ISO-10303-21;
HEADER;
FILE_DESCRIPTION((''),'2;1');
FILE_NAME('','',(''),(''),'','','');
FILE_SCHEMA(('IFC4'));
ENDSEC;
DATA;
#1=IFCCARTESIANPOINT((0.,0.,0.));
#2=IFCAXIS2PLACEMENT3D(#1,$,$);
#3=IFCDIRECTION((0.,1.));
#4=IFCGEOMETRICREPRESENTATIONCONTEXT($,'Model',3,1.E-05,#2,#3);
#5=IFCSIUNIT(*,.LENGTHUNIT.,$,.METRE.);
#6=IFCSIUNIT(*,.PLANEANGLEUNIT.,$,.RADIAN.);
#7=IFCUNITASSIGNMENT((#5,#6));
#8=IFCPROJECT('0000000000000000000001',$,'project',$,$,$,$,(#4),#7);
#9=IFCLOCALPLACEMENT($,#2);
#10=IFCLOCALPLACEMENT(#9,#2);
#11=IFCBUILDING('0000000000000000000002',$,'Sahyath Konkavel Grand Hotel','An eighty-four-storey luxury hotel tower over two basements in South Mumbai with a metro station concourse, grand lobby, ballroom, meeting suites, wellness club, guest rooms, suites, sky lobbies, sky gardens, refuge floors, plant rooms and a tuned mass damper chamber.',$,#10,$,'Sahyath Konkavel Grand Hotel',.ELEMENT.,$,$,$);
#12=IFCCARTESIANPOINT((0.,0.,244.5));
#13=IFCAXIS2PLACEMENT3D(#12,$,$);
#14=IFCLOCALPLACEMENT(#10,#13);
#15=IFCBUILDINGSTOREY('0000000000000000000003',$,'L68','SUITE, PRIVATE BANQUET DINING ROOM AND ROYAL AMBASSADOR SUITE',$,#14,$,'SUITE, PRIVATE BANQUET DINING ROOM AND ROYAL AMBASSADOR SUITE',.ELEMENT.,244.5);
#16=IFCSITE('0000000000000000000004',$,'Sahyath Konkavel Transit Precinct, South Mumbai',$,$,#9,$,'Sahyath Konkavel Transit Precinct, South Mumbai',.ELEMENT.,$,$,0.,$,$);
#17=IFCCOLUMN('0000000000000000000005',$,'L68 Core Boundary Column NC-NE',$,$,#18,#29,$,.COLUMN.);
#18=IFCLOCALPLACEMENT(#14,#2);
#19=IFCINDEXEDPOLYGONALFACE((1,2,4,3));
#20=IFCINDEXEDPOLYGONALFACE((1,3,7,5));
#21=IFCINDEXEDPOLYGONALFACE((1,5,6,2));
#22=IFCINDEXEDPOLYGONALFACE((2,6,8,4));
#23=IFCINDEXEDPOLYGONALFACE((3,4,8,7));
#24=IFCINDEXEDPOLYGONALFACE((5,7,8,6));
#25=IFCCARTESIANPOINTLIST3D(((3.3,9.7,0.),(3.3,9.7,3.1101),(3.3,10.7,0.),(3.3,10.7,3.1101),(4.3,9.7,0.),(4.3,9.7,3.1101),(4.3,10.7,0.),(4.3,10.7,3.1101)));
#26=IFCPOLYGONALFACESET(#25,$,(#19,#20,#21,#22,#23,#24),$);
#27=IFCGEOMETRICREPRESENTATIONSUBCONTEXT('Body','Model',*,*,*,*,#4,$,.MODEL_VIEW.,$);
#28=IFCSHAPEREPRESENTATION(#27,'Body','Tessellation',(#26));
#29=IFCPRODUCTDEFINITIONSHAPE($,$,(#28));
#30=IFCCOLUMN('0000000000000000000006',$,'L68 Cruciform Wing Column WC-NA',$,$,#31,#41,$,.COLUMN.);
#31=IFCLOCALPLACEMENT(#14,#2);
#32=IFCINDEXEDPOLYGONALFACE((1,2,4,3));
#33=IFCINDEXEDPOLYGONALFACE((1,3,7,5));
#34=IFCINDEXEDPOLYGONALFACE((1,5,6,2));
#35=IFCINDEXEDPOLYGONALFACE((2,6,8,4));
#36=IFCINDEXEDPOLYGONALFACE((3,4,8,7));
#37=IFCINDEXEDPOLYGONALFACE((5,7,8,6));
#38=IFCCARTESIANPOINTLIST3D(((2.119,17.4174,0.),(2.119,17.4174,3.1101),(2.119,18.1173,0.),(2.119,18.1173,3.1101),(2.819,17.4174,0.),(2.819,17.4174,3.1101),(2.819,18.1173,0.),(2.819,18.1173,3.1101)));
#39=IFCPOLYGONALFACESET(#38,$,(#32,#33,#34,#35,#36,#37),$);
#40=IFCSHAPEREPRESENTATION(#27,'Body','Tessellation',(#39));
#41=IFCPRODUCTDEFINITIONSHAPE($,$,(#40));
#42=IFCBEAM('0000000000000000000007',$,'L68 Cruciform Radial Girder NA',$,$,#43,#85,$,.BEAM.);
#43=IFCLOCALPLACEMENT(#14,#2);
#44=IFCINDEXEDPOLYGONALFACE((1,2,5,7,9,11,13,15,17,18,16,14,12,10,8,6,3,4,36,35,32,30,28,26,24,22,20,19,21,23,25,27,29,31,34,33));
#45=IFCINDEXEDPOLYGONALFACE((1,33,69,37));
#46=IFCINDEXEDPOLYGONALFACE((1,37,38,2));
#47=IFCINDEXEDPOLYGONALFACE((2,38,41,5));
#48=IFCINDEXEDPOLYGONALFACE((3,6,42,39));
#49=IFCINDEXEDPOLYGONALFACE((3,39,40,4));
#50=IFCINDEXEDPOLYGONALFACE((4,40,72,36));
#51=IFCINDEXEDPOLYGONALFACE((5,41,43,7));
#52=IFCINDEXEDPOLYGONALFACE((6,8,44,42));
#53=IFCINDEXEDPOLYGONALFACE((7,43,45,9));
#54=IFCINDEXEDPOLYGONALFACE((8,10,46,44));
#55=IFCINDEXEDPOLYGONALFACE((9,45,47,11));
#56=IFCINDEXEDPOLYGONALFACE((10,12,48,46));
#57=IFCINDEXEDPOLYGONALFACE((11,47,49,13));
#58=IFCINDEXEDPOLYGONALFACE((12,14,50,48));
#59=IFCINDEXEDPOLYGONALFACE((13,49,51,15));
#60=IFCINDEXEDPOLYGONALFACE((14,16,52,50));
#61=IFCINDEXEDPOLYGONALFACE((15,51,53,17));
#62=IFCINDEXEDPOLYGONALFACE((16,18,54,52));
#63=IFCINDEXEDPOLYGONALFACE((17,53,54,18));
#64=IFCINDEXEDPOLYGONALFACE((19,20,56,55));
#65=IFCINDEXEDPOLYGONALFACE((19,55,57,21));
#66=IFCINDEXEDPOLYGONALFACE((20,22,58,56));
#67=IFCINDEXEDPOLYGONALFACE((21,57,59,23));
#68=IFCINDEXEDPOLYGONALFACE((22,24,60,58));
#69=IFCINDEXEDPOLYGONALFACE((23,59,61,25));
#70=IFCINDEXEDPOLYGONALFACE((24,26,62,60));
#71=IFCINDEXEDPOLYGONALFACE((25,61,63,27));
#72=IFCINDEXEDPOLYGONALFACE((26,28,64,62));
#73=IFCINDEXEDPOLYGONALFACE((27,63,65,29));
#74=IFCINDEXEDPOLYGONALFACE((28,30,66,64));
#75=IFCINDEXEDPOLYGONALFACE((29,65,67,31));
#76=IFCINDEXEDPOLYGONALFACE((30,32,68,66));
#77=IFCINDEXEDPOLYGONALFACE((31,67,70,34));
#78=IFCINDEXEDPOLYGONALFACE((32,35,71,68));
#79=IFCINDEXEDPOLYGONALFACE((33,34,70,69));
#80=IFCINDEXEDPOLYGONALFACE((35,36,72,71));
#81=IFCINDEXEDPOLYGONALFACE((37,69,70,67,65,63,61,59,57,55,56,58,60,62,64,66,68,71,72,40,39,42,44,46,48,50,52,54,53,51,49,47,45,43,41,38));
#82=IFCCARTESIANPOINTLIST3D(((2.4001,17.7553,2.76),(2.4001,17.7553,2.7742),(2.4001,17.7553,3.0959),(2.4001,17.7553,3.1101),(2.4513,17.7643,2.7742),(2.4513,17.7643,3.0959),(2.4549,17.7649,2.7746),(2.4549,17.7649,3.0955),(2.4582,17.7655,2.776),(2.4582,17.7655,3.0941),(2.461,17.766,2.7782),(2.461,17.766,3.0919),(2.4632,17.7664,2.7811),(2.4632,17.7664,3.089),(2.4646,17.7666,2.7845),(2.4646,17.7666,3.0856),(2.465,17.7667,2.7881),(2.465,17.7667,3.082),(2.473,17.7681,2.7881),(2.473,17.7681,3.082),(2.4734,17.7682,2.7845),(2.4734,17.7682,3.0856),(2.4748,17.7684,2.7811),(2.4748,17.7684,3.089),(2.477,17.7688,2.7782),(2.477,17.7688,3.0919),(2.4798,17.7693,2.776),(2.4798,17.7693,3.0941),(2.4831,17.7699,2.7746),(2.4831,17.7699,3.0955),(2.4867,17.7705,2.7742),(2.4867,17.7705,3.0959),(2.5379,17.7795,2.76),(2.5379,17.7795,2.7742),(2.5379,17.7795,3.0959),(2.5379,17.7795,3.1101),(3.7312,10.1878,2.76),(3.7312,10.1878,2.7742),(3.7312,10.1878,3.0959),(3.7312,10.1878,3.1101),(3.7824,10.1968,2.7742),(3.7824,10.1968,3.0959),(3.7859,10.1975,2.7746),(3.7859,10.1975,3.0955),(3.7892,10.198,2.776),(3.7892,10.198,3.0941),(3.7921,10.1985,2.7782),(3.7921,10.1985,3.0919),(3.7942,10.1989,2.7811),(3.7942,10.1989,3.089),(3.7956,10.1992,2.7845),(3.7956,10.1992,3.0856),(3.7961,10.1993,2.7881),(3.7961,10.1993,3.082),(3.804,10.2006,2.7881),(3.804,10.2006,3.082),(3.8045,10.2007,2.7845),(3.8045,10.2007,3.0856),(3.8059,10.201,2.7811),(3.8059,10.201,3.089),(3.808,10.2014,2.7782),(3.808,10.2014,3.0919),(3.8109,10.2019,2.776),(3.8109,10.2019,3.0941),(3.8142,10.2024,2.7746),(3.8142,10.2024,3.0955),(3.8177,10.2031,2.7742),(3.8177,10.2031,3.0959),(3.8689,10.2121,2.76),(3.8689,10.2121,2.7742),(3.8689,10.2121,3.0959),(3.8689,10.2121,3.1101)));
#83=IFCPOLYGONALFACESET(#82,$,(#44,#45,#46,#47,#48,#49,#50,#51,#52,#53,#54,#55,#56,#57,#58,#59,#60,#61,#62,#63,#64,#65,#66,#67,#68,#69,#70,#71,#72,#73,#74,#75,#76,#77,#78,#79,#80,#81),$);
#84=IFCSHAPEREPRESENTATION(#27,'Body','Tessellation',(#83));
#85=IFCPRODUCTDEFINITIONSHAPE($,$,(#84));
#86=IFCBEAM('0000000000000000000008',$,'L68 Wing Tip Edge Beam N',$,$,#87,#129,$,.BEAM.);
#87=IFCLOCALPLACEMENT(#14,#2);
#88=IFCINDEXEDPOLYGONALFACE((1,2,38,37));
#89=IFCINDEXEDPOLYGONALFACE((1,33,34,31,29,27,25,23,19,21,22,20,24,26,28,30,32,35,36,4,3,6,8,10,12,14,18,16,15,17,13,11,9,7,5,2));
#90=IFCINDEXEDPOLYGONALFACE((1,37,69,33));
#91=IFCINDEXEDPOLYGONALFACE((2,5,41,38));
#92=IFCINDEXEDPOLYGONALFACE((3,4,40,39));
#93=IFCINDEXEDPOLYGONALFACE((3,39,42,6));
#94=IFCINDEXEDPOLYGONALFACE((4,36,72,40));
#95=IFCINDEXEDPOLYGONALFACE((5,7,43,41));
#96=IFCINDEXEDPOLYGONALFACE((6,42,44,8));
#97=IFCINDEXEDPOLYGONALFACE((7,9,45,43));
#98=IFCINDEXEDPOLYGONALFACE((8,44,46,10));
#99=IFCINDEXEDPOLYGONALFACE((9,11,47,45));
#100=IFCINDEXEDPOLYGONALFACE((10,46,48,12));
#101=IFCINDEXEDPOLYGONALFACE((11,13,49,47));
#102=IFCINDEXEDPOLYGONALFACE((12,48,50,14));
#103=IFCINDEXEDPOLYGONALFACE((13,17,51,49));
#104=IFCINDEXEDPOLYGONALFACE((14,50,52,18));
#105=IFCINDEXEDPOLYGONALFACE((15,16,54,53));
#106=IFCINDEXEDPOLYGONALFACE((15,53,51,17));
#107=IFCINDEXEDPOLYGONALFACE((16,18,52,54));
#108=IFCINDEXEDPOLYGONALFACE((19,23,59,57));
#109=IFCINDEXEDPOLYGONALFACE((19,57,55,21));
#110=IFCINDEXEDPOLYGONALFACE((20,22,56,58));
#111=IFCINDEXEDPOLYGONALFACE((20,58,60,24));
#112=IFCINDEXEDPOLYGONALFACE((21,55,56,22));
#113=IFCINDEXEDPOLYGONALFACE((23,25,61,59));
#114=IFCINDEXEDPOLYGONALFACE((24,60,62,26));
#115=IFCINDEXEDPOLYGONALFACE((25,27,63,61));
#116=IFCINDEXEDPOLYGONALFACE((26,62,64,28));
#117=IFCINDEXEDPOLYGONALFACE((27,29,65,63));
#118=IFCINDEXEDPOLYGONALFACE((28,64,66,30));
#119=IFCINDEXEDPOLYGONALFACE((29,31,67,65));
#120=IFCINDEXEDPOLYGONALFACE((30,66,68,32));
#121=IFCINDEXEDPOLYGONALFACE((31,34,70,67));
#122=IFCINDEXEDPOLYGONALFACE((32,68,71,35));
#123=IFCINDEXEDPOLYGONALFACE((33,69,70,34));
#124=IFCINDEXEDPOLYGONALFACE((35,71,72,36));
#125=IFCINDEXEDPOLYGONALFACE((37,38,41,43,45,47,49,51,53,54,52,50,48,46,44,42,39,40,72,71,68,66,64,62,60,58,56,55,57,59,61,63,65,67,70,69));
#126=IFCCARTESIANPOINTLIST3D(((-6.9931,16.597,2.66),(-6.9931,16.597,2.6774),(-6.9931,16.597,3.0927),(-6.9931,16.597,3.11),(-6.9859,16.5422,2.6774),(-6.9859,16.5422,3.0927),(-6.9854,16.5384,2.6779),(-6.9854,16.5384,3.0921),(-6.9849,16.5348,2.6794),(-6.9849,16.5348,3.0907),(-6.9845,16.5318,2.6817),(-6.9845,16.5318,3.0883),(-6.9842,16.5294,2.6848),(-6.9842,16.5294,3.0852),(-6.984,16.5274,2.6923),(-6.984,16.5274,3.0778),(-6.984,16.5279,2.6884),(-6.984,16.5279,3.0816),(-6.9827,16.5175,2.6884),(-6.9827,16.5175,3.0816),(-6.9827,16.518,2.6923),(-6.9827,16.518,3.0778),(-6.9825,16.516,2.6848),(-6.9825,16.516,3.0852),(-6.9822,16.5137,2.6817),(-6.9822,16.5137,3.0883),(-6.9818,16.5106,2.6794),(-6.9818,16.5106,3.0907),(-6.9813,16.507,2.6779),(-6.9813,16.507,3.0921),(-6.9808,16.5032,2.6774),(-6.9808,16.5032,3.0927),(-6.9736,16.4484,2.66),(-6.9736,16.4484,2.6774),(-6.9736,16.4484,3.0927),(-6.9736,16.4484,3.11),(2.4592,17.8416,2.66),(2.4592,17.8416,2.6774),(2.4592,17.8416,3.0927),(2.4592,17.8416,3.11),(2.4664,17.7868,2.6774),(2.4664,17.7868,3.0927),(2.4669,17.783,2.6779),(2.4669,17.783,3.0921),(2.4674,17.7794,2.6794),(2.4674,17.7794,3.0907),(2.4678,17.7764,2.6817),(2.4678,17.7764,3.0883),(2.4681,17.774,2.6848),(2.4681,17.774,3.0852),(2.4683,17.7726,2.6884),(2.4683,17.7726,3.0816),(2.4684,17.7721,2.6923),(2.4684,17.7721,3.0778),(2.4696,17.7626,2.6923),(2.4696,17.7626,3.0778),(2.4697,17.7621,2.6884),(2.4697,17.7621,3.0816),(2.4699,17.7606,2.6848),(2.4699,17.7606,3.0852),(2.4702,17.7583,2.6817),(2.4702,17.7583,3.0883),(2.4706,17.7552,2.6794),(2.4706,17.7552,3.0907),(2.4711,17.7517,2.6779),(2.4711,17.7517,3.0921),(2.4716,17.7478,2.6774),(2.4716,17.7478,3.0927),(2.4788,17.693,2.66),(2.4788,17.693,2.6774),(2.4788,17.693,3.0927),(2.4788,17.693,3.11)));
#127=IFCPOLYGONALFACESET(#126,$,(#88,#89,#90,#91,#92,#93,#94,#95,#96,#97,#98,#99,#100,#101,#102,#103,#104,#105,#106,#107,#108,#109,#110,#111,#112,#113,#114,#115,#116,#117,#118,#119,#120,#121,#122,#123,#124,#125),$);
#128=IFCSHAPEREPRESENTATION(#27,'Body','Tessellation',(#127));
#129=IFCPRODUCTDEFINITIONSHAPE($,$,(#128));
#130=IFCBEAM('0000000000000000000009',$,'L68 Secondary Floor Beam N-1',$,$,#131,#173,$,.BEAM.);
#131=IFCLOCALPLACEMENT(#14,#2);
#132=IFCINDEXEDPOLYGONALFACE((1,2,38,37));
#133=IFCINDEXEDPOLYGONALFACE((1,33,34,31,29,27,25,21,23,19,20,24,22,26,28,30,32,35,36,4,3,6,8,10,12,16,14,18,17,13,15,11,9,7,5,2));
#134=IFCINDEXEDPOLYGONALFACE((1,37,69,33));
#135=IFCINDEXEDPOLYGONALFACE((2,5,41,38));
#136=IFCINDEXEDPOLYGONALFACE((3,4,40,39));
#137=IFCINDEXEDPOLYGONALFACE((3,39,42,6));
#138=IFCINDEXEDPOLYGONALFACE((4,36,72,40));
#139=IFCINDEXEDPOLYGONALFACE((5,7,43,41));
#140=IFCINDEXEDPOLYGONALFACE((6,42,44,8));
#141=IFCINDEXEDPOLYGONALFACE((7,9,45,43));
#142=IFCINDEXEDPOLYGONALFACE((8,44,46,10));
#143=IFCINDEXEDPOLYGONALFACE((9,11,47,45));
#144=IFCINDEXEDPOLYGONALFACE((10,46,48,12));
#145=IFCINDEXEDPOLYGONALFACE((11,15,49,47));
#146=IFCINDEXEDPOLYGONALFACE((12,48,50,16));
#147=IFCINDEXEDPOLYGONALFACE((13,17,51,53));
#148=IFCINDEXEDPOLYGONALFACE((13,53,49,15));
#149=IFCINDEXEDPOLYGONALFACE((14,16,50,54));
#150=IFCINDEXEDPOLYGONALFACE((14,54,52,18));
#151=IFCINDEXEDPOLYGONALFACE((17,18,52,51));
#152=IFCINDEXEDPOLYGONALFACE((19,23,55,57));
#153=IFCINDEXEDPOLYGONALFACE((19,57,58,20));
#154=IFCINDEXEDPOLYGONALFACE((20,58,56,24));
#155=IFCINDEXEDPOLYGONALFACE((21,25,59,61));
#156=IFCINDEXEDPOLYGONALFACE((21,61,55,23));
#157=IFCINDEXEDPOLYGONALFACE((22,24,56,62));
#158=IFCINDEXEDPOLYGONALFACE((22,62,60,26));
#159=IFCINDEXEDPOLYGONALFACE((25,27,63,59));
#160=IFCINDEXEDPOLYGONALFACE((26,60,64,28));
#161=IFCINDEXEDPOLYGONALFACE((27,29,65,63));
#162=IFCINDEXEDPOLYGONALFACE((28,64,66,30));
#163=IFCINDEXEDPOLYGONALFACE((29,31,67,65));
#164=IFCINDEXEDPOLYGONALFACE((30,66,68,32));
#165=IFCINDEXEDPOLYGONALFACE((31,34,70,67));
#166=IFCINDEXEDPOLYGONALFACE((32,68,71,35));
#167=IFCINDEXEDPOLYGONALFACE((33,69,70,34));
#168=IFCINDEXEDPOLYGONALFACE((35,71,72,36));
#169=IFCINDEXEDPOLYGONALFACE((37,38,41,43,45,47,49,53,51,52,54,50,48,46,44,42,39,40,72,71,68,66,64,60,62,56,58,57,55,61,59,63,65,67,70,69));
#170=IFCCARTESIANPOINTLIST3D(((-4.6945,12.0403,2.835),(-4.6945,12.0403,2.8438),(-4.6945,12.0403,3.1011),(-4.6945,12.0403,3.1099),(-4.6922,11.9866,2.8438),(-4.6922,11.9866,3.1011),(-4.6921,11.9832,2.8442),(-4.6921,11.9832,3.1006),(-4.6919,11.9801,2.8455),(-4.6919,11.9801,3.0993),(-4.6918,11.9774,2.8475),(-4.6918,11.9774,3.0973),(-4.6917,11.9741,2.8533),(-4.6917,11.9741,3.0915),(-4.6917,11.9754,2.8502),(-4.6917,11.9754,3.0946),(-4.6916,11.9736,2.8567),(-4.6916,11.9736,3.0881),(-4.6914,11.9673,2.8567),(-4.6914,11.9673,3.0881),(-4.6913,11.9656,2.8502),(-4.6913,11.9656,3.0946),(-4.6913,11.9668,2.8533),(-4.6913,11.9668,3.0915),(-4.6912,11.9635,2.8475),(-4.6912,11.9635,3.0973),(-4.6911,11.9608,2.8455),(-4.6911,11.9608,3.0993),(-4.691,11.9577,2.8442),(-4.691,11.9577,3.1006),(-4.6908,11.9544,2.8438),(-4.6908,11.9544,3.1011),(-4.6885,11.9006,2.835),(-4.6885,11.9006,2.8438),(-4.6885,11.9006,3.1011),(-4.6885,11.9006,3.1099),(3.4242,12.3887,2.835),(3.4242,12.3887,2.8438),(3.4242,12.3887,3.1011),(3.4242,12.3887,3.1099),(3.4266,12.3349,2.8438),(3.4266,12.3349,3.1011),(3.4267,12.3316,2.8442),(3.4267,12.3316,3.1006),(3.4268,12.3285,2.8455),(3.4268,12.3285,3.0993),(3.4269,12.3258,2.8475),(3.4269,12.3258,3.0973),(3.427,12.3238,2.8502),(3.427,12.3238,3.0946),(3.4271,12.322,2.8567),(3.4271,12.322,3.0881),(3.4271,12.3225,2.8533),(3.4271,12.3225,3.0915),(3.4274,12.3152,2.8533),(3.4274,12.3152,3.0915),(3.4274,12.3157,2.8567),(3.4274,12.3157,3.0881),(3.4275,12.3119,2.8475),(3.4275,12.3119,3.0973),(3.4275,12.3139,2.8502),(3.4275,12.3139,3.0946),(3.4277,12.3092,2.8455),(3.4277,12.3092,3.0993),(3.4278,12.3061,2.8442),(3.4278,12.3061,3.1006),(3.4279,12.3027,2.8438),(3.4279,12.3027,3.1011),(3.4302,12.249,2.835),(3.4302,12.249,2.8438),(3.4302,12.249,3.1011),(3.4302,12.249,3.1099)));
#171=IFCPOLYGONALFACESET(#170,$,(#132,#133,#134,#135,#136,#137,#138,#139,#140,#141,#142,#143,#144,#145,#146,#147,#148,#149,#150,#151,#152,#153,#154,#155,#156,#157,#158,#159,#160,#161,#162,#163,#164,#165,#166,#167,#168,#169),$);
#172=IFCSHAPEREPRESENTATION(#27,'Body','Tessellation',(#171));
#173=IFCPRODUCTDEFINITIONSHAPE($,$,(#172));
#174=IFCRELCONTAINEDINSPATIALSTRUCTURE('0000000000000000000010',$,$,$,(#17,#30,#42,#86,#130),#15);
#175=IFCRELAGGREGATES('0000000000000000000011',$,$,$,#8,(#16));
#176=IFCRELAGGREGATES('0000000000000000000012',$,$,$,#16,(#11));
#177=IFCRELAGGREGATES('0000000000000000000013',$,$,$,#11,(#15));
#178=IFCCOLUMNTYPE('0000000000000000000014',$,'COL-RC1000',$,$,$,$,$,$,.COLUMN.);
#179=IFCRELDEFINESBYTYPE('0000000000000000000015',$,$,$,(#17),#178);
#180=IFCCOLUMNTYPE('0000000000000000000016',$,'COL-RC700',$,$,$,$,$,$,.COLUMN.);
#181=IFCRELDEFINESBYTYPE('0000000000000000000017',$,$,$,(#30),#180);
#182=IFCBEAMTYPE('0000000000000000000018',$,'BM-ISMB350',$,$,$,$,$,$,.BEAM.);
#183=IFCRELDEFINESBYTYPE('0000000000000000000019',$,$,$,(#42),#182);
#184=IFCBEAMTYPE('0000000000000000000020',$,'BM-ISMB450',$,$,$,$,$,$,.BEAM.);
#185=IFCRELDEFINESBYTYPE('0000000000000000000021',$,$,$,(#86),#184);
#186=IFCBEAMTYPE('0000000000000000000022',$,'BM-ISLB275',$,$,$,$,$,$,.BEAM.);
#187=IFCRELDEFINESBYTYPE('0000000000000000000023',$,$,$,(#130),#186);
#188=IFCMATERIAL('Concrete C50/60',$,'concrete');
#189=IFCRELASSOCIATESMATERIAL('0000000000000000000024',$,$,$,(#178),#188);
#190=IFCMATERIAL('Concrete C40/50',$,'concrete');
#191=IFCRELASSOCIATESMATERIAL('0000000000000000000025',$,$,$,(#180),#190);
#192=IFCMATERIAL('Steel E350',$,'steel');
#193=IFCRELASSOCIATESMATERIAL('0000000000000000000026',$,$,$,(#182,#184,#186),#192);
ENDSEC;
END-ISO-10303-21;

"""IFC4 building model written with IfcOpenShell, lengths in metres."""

from ifc_helpers import new_model, si_unit, direction, frame, origin, origin_2d, place, context, subcontext, project, spatial, rectangle, i_section, extrude, source, transform, mapped, material, material_profile, profile_set, type_object, element, save


model = new_model("IFC4")

# Units and contexts
model_context = context("Model", 3, precision=1e-05, world=origin(), true_north=direction((0.0, 1.0)))
body_context = subcontext(model_context, "Body", "Model", "MODEL_VIEW")
ifc_project = project(units=[si_unit("LENGTHUNIT", "METRE"), si_unit("PLANEANGLEUNIT", "RADIAN")], contexts=[model_context])

# Site, building, storey
site_placement = place(None, origin())
site = spatial("IfcSite", under=ifc_project, at=site_placement, Name="Sahyath Konkavel Transit Precinct, South Mumbai", LongName="Sahyath Konkavel Transit Precinct, South Mumbai", CompositionType="ELEMENT", RefElevation=0.0)
building_placement = place(site_placement, origin())
building = spatial("IfcBuilding", under=site, at=building_placement, Name="Sahyath Konkavel Grand Hotel", Description="An eighty-four-storey luxury hotel tower over two basements in South Mumbai with a metro station concourse, grand lobby, ballroom, meeting suites, wellness club, guest rooms, suites, sky lobbies, sky gardens, refuge floors, plant rooms and a tuned mass damper chamber.", LongName="Sahyath Konkavel Grand Hotel", CompositionType="ELEMENT")
storey_placement = place(building_placement, frame((0.0, 0.0, 244.5)))
storey = spatial("IfcBuildingStorey", under=building, at=storey_placement, Name="L68", Description="SUITE, PRIVATE BANQUET DINING ROOM AND ROYAL AMBASSADOR SUITE", LongName="SUITE, PRIVATE BANQUET DINING ROOM AND ROYAL AMBASSADOR SUITE", CompositionType="ELEMENT", Elevation=244.5)

# Columns
ifc_material_1 = material(Name="Concrete C50/60", Category="concrete")
ifc_material_profile_1 = material_profile(ifc_material_1, rectangle(XDim=1.0, YDim=1.0, at=origin_2d()), Name="RC 1000x1000")
ifc_profile_set_1 = profile_set([ifc_material_profile_1], Name="Concrete C50/60")
column_type_1 = type_object("IfcColumnType", Name="COL-RC1000", PredefinedType="COLUMN", material=ifc_profile_set_1)
shared_shape_1 = source(origin(), body_context, "Body", "SweptSolid", [
    extrude(rectangle(XDim=1.0, YDim=1.0, at=origin_2d()), origin(), (0.0, 0.0, 1.0), 3.1101),
])
column_1_placement = place(storey_placement, frame((3.8, 10.2, 0.0), z_axis=(0.0, 0.0, 1.0), x_axis=(1.0, 0.0, 0.0)))
element("IfcColumn", 1, at=column_1_placement, inside=storey, type_object=column_type_1, Name="L68 Core Boundary Column NC-NE", PredefinedType="COLUMN", context=body_context, shape_type="MappedRepresentation", body=[
    mapped(shared_shape_1, transform((0.0, 0.0, 0.0), scale=1.0)),
])
ifc_material_2 = material(Name="Concrete C40/50", Category="concrete")
ifc_material_profile_2 = material_profile(ifc_material_2, rectangle(XDim=0.7, YDim=0.7, at=origin_2d()), Name="RC 700x700")
ifc_profile_set_2 = profile_set([ifc_material_profile_2], Name="Concrete C40/50")
column_type_2 = type_object("IfcColumnType", Name="COL-RC700", PredefinedType="COLUMN", material=ifc_profile_set_2)
shared_shape_2 = source(origin(), body_context, "Body", "SweptSolid", [
    extrude(rectangle(XDim=0.7, YDim=0.7, at=origin_2d()), origin(), (0.0, 0.0, 1.0), 3.1101),
])
column_2_placement = place(storey_placement, frame((2.469, 17.7673, 0.0), z_axis=(0.0, 0.0, 1.0), x_axis=(1.0, 0.0, 0.0)))
element("IfcColumn", 2, at=column_2_placement, inside=storey, type_object=column_type_2, Name="L68 Cruciform Wing Column WC-NA", PredefinedType="COLUMN", context=body_context, shape_type="MappedRepresentation", body=[
    mapped(shared_shape_2, transform((0.0, 0.0, 0.0), scale=1.0)),
])

# Beams
ifc_material_3 = material(Name="Steel E350", Category="steel")
ifc_material_profile_3 = material_profile(ifc_material_3, i_section(OverallWidth=0.1399, OverallDepth=0.3501, WebThickness=0.0081, FlangeThickness=0.0142, FilletRadius=0.0139, at=origin_2d()), Name="ISMB 350")
ifc_profile_set_3 = profile_set([ifc_material_profile_3], Name="Steel E350")
beam_type_1 = type_object("IfcBeamType", Name="BM-ISMB350", PredefinedType="BEAM", material=ifc_profile_set_3)
shared_shape_3 = source(origin(), body_context, "Body", "SweptSolid", [
    extrude(i_section(OverallWidth=0.1399, OverallDepth=0.3501, WebThickness=0.0081, FlangeThickness=0.0142, FilletRadius=0.0139, at=origin_2d()), origin(), (0.0, 0.0, 1.0), 7.6836),
])
beam_1_placement = place(storey_placement, frame((3.8, 10.2, 2.9351), z_axis=(-0.173234, 0.984881, 0.0), x_axis=(-0.984881, -0.173234, 0.0)))
element("IfcBeam", 3, at=beam_1_placement, inside=storey, type_object=beam_type_1, Name="L68 Cruciform Radial Girder NA", PredefinedType="BEAM", context=body_context, shape_type="MappedRepresentation", body=[
    mapped(shared_shape_3, transform((0.0, 0.0, 0.0), scale=1.0)),
])
ifc_material_profile_4 = material_profile(ifc_material_3, i_section(OverallWidth=0.1499, OverallDepth=0.45, WebThickness=0.0095, FlangeThickness=0.0173, FilletRadius=0.0149, at=origin_2d()), Name="ISMB 450")
ifc_profile_set_4 = profile_set([ifc_material_profile_4], Name="Steel E350")
beam_type_2 = type_object("IfcBeamType", Name="BM-ISMB450", PredefinedType="BEAM", material=ifc_profile_set_4)
shared_shape_4 = source(origin(), body_context, "Body", "SweptSolid", [
    extrude(i_section(OverallWidth=0.1499, OverallDepth=0.45, WebThickness=0.0095, FlangeThickness=0.0173, FilletRadius=0.0149, at=origin_2d()), origin(), (0.0, 0.0, 1.0), 9.5339),
])
beam_2_placement = place(storey_placement, frame((2.469, 17.7673, 2.885), z_axis=(-0.991442, -0.130547, 0.0), x_axis=(0.130547, -0.991442, 0.0)))
element("IfcBeam", 4, at=beam_2_placement, inside=storey, type_object=beam_type_2, Name="L68 Wing Tip Edge Beam N", PredefinedType="BEAM", context=body_context, shape_type="MappedRepresentation", body=[
    mapped(shared_shape_4, transform((0.0, 0.0, 0.0), scale=1.0)),
])
ifc_material_profile_5 = material_profile(ifc_material_3, i_section(OverallWidth=0.1399, OverallDepth=0.2749, WebThickness=0.0063, FlangeThickness=0.0088, FilletRadius=0.0129, at=origin_2d()), Name="ISLB 275")
ifc_profile_set_5 = profile_set([ifc_material_profile_5], Name="Steel E350")
beam_type_3 = type_object("IfcBeamType", Name="BM-ISLB275", PredefinedType="BEAM", material=ifc_profile_set_5)
shared_shape_5 = source(origin(), body_context, "Body", "SweptSolid", [
    extrude(i_section(OverallWidth=0.1399, OverallDepth=0.2749, WebThickness=0.0063, FlangeThickness=0.0088, FilletRadius=0.0129, at=origin_2d()), origin(), (0.0, 0.0, 1.0), 8.1262),
])
beam_3_placement = place(storey_placement, frame((3.4272, 12.3188, 2.9724), z_axis=(-0.999081, -0.042873, 0.0), x_axis=(0.042873, -0.999081, 0.0)))
element("IfcBeam", 5, at=beam_3_placement, inside=storey, type_object=beam_type_3, Name="L68 Secondary Floor Beam N-1", PredefinedType="BEAM", context=body_context, shape_type="MappedRepresentation", body=[
    mapped(shared_shape_5, transform((0.0, 0.0, 0.0), scale=1.0)),
])

save(model, "model.ifc")
